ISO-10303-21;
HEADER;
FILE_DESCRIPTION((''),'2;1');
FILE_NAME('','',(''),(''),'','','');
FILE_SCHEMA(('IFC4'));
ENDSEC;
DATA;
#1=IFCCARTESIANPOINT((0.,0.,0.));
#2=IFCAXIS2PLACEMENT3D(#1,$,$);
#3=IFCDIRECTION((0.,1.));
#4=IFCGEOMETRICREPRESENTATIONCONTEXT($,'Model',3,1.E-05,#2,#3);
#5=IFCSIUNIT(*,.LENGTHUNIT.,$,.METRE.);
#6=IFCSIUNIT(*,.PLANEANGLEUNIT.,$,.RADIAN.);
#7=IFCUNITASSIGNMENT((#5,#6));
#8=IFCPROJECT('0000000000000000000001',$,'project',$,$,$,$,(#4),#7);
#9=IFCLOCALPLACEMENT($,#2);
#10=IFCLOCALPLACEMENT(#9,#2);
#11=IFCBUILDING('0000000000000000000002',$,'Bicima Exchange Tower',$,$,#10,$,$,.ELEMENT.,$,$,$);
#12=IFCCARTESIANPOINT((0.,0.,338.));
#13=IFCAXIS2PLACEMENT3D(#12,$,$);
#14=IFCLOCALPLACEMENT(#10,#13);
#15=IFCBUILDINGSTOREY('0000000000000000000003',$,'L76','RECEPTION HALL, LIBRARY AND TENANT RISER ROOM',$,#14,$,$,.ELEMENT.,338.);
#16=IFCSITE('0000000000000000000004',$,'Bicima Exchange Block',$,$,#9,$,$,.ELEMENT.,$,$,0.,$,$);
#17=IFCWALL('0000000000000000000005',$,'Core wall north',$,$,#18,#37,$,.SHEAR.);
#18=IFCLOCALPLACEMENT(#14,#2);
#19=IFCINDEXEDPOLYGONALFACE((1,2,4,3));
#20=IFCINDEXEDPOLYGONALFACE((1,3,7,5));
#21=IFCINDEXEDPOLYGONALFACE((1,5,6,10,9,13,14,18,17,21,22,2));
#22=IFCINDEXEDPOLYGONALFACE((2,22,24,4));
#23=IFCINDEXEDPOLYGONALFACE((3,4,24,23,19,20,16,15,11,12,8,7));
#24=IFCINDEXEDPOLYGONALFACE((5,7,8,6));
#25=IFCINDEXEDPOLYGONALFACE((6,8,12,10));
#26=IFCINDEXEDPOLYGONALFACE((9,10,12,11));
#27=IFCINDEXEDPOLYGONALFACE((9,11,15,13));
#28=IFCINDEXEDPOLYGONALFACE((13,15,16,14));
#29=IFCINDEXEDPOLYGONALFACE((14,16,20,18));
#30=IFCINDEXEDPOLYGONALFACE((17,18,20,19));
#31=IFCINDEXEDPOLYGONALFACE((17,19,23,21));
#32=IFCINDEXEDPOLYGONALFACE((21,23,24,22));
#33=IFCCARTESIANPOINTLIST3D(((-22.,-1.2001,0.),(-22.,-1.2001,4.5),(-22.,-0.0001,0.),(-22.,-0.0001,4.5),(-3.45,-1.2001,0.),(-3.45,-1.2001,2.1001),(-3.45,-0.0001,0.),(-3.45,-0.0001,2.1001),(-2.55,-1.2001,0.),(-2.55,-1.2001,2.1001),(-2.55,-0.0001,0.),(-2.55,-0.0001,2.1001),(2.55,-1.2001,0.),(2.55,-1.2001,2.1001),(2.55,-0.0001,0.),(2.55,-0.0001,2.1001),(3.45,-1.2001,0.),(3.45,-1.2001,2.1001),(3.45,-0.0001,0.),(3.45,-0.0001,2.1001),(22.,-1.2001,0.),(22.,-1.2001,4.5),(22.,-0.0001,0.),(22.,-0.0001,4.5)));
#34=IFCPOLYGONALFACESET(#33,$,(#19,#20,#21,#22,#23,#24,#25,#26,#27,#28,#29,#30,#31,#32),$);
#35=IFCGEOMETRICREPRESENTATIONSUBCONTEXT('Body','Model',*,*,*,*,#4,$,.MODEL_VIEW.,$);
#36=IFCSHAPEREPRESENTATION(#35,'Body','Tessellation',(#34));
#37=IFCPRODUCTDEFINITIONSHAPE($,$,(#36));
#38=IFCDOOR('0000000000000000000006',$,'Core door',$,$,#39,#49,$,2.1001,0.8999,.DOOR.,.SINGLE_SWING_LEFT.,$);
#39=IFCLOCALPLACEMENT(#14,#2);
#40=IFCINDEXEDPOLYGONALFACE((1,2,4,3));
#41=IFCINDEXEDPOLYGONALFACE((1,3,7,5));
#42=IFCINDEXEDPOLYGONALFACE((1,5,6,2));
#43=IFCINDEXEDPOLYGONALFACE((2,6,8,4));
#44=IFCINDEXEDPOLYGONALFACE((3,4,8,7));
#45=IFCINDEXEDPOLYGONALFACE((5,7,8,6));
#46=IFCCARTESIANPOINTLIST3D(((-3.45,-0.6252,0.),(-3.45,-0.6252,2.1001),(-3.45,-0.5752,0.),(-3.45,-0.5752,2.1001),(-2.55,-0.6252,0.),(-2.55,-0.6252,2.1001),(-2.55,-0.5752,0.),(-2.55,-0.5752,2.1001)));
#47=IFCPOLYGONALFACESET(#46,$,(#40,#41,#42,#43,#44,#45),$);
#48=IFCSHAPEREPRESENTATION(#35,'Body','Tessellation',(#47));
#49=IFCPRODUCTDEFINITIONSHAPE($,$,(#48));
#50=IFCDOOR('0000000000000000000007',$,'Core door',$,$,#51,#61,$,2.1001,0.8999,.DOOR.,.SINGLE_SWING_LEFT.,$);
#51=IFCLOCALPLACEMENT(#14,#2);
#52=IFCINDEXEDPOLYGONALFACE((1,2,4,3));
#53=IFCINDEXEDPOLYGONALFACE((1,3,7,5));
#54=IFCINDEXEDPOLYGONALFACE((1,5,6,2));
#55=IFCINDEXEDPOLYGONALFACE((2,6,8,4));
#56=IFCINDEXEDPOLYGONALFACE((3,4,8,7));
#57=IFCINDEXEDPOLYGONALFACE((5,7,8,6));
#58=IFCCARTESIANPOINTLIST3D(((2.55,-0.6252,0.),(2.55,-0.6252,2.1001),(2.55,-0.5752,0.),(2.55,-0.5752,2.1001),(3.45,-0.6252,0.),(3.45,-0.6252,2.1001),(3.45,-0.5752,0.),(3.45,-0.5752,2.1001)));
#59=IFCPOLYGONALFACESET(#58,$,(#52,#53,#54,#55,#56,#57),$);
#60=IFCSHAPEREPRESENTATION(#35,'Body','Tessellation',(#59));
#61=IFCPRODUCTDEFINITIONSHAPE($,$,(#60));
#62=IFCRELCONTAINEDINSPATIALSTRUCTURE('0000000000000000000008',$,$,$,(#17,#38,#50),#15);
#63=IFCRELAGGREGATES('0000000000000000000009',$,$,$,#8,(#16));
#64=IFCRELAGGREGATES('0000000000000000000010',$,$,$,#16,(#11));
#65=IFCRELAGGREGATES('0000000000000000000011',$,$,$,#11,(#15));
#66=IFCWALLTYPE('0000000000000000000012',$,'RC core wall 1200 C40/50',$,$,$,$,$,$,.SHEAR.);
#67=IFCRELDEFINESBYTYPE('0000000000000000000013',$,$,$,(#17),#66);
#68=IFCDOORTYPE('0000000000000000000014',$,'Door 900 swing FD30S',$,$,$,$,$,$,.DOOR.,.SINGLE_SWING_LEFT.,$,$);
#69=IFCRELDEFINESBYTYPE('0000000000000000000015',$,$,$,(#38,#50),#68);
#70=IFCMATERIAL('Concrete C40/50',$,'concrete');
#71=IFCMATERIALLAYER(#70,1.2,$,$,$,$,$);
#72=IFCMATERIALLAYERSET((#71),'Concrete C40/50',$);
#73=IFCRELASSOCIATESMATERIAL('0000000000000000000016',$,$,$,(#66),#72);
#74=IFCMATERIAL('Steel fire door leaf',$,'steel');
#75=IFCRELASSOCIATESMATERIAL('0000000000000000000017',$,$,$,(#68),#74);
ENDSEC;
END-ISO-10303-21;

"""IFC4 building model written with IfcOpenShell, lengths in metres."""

from ifc_helpers import new_model, si_unit, direction, frame, frame_2d, origin, place, context, subcontext, project, spatial, rectangle, extrude, material, layer, layer_set, type_object, element, fill, save


model = new_model("IFC4")

# Units and contexts
model_context = context("Model", 3, precision=1e-05, world=origin(), true_north=direction((0.0, 1.0)))
body_context = subcontext(model_context, "Body", "Model", "MODEL_VIEW")
ifc_project = project(units=[si_unit("LENGTHUNIT", "METRE"), si_unit("PLANEANGLEUNIT", "RADIAN")], contexts=[model_context])

# Site, building, storey
site_placement = place(None, origin())
site = spatial("IfcSite", under=ifc_project, at=site_placement, Name="Bicima Exchange Block", CompositionType="ELEMENT", RefElevation=0.0)
building_placement = place(site_placement, origin())
building = spatial("IfcBuilding", under=site, at=building_placement, Name="Bicima Exchange Tower", CompositionType="ELEMENT")
storey_placement = place(building_placement, frame((0.0, 0.0, 338.0)))
storey = spatial("IfcBuildingStorey", under=building, at=storey_placement, Name="L76", Description="RECEPTION HALL, LIBRARY AND TENANT RISER ROOM", CompositionType="ELEMENT", Elevation=338.0)

# Wall, openings, doors
ifc_material_1 = material(Name="Concrete C40/50", Category="concrete")
ifc_layer_1 = layer(ifc_material_1, 1.2)
ifc_layer_set_1 = layer_set([ifc_layer_1], Name="Concrete C40/50")
wall_type_1 = type_object("IfcWallType", Name="RC core wall 1200 C40/50", PredefinedType="SHEAR", material=ifc_layer_set_1)
wall_1_placement = place(storey_placement, frame((-22.0, -0.6001, 0.0), z_axis=(0.0, 0.0, 1.0), x_axis=(1.0, 0.0, 0.0)))
wall_1 = element("IfcWall", 1, at=wall_1_placement, inside=storey, type_object=wall_type_1, Name="Core wall north", PredefinedType="SHEAR", context=body_context, shape_type="SweptSolid", body=[
    extrude(rectangle(XDim=44.0, YDim=1.2, at=frame_2d((22.0, 0.0))), origin(), (0.0, 0.0, 1.0), 4.5),
])
opening_1_placement = place(wall_1_placement, frame((18.55, 0.0, 0.0)))
opening_1 = element("IfcOpeningElement", 2, at=opening_1_placement, cuts=wall_1, PredefinedType="OPENING", context=body_context, shape_type="SweptSolid", body=[
    extrude(rectangle(XDim=0.8999, YDim=2.1001, at=frame_2d((0.45, 1.05))), frame((0.0, 0.6118, 0.0), z_axis=(0.0, -1.0, 0.0), x_axis=(1.0, 0.0, 0.0)), (0.0, 0.0, 1.0), 1.2239),
])
opening_2_placement = place(wall_1_placement, frame((24.55, 0.0, 0.0)))
opening_2 = element("IfcOpeningElement", 3, at=opening_2_placement, cuts=wall_1, PredefinedType="OPENING", context=body_context, shape_type="SweptSolid", body=[
    extrude(rectangle(XDim=0.8999, YDim=2.1001, at=frame_2d((0.45, 1.05))), frame((0.0, 0.6118, 0.0), z_axis=(0.0, -1.0, 0.0), x_axis=(1.0, 0.0, 0.0)), (0.0, 0.0, 1.0), 1.2239),
])
ifc_material_2 = material(Name="Steel fire door leaf", Category="steel")
door_type_1 = type_object("IfcDoorType", Name="Door 900 swing FD30S", OperationType="SINGLE_SWING_LEFT", PredefinedType="DOOR", material=ifc_material_2)
door_1_placement = place(opening_1_placement, origin())
door_1 = element("IfcDoor", 4, at=door_1_placement, inside=storey, type_object=door_type_1, Name="Core door", OperationType="SINGLE_SWING_LEFT", OverallHeight=2.1001, OverallWidth=0.8999, PredefinedType="DOOR", context=body_context, shape_type="SweptSolid", body=[
    extrude(rectangle(XDim=0.8999, YDim=2.1001, at=frame_2d((0.45, 1.05))), frame((0.0, 0.0249, 0.0), z_axis=(0.0, -1.0, 0.0), x_axis=(1.0, 0.0, 0.0)), (0.0, 0.0, 1.0), 0.05),
])
fill(opening_1, door_1)
door_2_placement = place(opening_2_placement, origin())
door_2 = element("IfcDoor", 5, at=door_2_placement, inside=storey, type_object=door_type_1, Name="Core door", OperationType="SINGLE_SWING_LEFT", OverallHeight=2.1001, OverallWidth=0.8999, PredefinedType="DOOR", context=body_context, shape_type="SweptSolid", body=[
    extrude(rectangle(XDim=0.8999, YDim=2.1001, at=frame_2d((0.45, 1.05))), frame((0.0, 0.0249, 0.0), z_axis=(0.0, -1.0, 0.0), x_axis=(1.0, 0.0, 0.0)), (0.0, 0.0, 1.0), 0.05),
])
fill(opening_2, door_2)

save(model, "model.ifc")
